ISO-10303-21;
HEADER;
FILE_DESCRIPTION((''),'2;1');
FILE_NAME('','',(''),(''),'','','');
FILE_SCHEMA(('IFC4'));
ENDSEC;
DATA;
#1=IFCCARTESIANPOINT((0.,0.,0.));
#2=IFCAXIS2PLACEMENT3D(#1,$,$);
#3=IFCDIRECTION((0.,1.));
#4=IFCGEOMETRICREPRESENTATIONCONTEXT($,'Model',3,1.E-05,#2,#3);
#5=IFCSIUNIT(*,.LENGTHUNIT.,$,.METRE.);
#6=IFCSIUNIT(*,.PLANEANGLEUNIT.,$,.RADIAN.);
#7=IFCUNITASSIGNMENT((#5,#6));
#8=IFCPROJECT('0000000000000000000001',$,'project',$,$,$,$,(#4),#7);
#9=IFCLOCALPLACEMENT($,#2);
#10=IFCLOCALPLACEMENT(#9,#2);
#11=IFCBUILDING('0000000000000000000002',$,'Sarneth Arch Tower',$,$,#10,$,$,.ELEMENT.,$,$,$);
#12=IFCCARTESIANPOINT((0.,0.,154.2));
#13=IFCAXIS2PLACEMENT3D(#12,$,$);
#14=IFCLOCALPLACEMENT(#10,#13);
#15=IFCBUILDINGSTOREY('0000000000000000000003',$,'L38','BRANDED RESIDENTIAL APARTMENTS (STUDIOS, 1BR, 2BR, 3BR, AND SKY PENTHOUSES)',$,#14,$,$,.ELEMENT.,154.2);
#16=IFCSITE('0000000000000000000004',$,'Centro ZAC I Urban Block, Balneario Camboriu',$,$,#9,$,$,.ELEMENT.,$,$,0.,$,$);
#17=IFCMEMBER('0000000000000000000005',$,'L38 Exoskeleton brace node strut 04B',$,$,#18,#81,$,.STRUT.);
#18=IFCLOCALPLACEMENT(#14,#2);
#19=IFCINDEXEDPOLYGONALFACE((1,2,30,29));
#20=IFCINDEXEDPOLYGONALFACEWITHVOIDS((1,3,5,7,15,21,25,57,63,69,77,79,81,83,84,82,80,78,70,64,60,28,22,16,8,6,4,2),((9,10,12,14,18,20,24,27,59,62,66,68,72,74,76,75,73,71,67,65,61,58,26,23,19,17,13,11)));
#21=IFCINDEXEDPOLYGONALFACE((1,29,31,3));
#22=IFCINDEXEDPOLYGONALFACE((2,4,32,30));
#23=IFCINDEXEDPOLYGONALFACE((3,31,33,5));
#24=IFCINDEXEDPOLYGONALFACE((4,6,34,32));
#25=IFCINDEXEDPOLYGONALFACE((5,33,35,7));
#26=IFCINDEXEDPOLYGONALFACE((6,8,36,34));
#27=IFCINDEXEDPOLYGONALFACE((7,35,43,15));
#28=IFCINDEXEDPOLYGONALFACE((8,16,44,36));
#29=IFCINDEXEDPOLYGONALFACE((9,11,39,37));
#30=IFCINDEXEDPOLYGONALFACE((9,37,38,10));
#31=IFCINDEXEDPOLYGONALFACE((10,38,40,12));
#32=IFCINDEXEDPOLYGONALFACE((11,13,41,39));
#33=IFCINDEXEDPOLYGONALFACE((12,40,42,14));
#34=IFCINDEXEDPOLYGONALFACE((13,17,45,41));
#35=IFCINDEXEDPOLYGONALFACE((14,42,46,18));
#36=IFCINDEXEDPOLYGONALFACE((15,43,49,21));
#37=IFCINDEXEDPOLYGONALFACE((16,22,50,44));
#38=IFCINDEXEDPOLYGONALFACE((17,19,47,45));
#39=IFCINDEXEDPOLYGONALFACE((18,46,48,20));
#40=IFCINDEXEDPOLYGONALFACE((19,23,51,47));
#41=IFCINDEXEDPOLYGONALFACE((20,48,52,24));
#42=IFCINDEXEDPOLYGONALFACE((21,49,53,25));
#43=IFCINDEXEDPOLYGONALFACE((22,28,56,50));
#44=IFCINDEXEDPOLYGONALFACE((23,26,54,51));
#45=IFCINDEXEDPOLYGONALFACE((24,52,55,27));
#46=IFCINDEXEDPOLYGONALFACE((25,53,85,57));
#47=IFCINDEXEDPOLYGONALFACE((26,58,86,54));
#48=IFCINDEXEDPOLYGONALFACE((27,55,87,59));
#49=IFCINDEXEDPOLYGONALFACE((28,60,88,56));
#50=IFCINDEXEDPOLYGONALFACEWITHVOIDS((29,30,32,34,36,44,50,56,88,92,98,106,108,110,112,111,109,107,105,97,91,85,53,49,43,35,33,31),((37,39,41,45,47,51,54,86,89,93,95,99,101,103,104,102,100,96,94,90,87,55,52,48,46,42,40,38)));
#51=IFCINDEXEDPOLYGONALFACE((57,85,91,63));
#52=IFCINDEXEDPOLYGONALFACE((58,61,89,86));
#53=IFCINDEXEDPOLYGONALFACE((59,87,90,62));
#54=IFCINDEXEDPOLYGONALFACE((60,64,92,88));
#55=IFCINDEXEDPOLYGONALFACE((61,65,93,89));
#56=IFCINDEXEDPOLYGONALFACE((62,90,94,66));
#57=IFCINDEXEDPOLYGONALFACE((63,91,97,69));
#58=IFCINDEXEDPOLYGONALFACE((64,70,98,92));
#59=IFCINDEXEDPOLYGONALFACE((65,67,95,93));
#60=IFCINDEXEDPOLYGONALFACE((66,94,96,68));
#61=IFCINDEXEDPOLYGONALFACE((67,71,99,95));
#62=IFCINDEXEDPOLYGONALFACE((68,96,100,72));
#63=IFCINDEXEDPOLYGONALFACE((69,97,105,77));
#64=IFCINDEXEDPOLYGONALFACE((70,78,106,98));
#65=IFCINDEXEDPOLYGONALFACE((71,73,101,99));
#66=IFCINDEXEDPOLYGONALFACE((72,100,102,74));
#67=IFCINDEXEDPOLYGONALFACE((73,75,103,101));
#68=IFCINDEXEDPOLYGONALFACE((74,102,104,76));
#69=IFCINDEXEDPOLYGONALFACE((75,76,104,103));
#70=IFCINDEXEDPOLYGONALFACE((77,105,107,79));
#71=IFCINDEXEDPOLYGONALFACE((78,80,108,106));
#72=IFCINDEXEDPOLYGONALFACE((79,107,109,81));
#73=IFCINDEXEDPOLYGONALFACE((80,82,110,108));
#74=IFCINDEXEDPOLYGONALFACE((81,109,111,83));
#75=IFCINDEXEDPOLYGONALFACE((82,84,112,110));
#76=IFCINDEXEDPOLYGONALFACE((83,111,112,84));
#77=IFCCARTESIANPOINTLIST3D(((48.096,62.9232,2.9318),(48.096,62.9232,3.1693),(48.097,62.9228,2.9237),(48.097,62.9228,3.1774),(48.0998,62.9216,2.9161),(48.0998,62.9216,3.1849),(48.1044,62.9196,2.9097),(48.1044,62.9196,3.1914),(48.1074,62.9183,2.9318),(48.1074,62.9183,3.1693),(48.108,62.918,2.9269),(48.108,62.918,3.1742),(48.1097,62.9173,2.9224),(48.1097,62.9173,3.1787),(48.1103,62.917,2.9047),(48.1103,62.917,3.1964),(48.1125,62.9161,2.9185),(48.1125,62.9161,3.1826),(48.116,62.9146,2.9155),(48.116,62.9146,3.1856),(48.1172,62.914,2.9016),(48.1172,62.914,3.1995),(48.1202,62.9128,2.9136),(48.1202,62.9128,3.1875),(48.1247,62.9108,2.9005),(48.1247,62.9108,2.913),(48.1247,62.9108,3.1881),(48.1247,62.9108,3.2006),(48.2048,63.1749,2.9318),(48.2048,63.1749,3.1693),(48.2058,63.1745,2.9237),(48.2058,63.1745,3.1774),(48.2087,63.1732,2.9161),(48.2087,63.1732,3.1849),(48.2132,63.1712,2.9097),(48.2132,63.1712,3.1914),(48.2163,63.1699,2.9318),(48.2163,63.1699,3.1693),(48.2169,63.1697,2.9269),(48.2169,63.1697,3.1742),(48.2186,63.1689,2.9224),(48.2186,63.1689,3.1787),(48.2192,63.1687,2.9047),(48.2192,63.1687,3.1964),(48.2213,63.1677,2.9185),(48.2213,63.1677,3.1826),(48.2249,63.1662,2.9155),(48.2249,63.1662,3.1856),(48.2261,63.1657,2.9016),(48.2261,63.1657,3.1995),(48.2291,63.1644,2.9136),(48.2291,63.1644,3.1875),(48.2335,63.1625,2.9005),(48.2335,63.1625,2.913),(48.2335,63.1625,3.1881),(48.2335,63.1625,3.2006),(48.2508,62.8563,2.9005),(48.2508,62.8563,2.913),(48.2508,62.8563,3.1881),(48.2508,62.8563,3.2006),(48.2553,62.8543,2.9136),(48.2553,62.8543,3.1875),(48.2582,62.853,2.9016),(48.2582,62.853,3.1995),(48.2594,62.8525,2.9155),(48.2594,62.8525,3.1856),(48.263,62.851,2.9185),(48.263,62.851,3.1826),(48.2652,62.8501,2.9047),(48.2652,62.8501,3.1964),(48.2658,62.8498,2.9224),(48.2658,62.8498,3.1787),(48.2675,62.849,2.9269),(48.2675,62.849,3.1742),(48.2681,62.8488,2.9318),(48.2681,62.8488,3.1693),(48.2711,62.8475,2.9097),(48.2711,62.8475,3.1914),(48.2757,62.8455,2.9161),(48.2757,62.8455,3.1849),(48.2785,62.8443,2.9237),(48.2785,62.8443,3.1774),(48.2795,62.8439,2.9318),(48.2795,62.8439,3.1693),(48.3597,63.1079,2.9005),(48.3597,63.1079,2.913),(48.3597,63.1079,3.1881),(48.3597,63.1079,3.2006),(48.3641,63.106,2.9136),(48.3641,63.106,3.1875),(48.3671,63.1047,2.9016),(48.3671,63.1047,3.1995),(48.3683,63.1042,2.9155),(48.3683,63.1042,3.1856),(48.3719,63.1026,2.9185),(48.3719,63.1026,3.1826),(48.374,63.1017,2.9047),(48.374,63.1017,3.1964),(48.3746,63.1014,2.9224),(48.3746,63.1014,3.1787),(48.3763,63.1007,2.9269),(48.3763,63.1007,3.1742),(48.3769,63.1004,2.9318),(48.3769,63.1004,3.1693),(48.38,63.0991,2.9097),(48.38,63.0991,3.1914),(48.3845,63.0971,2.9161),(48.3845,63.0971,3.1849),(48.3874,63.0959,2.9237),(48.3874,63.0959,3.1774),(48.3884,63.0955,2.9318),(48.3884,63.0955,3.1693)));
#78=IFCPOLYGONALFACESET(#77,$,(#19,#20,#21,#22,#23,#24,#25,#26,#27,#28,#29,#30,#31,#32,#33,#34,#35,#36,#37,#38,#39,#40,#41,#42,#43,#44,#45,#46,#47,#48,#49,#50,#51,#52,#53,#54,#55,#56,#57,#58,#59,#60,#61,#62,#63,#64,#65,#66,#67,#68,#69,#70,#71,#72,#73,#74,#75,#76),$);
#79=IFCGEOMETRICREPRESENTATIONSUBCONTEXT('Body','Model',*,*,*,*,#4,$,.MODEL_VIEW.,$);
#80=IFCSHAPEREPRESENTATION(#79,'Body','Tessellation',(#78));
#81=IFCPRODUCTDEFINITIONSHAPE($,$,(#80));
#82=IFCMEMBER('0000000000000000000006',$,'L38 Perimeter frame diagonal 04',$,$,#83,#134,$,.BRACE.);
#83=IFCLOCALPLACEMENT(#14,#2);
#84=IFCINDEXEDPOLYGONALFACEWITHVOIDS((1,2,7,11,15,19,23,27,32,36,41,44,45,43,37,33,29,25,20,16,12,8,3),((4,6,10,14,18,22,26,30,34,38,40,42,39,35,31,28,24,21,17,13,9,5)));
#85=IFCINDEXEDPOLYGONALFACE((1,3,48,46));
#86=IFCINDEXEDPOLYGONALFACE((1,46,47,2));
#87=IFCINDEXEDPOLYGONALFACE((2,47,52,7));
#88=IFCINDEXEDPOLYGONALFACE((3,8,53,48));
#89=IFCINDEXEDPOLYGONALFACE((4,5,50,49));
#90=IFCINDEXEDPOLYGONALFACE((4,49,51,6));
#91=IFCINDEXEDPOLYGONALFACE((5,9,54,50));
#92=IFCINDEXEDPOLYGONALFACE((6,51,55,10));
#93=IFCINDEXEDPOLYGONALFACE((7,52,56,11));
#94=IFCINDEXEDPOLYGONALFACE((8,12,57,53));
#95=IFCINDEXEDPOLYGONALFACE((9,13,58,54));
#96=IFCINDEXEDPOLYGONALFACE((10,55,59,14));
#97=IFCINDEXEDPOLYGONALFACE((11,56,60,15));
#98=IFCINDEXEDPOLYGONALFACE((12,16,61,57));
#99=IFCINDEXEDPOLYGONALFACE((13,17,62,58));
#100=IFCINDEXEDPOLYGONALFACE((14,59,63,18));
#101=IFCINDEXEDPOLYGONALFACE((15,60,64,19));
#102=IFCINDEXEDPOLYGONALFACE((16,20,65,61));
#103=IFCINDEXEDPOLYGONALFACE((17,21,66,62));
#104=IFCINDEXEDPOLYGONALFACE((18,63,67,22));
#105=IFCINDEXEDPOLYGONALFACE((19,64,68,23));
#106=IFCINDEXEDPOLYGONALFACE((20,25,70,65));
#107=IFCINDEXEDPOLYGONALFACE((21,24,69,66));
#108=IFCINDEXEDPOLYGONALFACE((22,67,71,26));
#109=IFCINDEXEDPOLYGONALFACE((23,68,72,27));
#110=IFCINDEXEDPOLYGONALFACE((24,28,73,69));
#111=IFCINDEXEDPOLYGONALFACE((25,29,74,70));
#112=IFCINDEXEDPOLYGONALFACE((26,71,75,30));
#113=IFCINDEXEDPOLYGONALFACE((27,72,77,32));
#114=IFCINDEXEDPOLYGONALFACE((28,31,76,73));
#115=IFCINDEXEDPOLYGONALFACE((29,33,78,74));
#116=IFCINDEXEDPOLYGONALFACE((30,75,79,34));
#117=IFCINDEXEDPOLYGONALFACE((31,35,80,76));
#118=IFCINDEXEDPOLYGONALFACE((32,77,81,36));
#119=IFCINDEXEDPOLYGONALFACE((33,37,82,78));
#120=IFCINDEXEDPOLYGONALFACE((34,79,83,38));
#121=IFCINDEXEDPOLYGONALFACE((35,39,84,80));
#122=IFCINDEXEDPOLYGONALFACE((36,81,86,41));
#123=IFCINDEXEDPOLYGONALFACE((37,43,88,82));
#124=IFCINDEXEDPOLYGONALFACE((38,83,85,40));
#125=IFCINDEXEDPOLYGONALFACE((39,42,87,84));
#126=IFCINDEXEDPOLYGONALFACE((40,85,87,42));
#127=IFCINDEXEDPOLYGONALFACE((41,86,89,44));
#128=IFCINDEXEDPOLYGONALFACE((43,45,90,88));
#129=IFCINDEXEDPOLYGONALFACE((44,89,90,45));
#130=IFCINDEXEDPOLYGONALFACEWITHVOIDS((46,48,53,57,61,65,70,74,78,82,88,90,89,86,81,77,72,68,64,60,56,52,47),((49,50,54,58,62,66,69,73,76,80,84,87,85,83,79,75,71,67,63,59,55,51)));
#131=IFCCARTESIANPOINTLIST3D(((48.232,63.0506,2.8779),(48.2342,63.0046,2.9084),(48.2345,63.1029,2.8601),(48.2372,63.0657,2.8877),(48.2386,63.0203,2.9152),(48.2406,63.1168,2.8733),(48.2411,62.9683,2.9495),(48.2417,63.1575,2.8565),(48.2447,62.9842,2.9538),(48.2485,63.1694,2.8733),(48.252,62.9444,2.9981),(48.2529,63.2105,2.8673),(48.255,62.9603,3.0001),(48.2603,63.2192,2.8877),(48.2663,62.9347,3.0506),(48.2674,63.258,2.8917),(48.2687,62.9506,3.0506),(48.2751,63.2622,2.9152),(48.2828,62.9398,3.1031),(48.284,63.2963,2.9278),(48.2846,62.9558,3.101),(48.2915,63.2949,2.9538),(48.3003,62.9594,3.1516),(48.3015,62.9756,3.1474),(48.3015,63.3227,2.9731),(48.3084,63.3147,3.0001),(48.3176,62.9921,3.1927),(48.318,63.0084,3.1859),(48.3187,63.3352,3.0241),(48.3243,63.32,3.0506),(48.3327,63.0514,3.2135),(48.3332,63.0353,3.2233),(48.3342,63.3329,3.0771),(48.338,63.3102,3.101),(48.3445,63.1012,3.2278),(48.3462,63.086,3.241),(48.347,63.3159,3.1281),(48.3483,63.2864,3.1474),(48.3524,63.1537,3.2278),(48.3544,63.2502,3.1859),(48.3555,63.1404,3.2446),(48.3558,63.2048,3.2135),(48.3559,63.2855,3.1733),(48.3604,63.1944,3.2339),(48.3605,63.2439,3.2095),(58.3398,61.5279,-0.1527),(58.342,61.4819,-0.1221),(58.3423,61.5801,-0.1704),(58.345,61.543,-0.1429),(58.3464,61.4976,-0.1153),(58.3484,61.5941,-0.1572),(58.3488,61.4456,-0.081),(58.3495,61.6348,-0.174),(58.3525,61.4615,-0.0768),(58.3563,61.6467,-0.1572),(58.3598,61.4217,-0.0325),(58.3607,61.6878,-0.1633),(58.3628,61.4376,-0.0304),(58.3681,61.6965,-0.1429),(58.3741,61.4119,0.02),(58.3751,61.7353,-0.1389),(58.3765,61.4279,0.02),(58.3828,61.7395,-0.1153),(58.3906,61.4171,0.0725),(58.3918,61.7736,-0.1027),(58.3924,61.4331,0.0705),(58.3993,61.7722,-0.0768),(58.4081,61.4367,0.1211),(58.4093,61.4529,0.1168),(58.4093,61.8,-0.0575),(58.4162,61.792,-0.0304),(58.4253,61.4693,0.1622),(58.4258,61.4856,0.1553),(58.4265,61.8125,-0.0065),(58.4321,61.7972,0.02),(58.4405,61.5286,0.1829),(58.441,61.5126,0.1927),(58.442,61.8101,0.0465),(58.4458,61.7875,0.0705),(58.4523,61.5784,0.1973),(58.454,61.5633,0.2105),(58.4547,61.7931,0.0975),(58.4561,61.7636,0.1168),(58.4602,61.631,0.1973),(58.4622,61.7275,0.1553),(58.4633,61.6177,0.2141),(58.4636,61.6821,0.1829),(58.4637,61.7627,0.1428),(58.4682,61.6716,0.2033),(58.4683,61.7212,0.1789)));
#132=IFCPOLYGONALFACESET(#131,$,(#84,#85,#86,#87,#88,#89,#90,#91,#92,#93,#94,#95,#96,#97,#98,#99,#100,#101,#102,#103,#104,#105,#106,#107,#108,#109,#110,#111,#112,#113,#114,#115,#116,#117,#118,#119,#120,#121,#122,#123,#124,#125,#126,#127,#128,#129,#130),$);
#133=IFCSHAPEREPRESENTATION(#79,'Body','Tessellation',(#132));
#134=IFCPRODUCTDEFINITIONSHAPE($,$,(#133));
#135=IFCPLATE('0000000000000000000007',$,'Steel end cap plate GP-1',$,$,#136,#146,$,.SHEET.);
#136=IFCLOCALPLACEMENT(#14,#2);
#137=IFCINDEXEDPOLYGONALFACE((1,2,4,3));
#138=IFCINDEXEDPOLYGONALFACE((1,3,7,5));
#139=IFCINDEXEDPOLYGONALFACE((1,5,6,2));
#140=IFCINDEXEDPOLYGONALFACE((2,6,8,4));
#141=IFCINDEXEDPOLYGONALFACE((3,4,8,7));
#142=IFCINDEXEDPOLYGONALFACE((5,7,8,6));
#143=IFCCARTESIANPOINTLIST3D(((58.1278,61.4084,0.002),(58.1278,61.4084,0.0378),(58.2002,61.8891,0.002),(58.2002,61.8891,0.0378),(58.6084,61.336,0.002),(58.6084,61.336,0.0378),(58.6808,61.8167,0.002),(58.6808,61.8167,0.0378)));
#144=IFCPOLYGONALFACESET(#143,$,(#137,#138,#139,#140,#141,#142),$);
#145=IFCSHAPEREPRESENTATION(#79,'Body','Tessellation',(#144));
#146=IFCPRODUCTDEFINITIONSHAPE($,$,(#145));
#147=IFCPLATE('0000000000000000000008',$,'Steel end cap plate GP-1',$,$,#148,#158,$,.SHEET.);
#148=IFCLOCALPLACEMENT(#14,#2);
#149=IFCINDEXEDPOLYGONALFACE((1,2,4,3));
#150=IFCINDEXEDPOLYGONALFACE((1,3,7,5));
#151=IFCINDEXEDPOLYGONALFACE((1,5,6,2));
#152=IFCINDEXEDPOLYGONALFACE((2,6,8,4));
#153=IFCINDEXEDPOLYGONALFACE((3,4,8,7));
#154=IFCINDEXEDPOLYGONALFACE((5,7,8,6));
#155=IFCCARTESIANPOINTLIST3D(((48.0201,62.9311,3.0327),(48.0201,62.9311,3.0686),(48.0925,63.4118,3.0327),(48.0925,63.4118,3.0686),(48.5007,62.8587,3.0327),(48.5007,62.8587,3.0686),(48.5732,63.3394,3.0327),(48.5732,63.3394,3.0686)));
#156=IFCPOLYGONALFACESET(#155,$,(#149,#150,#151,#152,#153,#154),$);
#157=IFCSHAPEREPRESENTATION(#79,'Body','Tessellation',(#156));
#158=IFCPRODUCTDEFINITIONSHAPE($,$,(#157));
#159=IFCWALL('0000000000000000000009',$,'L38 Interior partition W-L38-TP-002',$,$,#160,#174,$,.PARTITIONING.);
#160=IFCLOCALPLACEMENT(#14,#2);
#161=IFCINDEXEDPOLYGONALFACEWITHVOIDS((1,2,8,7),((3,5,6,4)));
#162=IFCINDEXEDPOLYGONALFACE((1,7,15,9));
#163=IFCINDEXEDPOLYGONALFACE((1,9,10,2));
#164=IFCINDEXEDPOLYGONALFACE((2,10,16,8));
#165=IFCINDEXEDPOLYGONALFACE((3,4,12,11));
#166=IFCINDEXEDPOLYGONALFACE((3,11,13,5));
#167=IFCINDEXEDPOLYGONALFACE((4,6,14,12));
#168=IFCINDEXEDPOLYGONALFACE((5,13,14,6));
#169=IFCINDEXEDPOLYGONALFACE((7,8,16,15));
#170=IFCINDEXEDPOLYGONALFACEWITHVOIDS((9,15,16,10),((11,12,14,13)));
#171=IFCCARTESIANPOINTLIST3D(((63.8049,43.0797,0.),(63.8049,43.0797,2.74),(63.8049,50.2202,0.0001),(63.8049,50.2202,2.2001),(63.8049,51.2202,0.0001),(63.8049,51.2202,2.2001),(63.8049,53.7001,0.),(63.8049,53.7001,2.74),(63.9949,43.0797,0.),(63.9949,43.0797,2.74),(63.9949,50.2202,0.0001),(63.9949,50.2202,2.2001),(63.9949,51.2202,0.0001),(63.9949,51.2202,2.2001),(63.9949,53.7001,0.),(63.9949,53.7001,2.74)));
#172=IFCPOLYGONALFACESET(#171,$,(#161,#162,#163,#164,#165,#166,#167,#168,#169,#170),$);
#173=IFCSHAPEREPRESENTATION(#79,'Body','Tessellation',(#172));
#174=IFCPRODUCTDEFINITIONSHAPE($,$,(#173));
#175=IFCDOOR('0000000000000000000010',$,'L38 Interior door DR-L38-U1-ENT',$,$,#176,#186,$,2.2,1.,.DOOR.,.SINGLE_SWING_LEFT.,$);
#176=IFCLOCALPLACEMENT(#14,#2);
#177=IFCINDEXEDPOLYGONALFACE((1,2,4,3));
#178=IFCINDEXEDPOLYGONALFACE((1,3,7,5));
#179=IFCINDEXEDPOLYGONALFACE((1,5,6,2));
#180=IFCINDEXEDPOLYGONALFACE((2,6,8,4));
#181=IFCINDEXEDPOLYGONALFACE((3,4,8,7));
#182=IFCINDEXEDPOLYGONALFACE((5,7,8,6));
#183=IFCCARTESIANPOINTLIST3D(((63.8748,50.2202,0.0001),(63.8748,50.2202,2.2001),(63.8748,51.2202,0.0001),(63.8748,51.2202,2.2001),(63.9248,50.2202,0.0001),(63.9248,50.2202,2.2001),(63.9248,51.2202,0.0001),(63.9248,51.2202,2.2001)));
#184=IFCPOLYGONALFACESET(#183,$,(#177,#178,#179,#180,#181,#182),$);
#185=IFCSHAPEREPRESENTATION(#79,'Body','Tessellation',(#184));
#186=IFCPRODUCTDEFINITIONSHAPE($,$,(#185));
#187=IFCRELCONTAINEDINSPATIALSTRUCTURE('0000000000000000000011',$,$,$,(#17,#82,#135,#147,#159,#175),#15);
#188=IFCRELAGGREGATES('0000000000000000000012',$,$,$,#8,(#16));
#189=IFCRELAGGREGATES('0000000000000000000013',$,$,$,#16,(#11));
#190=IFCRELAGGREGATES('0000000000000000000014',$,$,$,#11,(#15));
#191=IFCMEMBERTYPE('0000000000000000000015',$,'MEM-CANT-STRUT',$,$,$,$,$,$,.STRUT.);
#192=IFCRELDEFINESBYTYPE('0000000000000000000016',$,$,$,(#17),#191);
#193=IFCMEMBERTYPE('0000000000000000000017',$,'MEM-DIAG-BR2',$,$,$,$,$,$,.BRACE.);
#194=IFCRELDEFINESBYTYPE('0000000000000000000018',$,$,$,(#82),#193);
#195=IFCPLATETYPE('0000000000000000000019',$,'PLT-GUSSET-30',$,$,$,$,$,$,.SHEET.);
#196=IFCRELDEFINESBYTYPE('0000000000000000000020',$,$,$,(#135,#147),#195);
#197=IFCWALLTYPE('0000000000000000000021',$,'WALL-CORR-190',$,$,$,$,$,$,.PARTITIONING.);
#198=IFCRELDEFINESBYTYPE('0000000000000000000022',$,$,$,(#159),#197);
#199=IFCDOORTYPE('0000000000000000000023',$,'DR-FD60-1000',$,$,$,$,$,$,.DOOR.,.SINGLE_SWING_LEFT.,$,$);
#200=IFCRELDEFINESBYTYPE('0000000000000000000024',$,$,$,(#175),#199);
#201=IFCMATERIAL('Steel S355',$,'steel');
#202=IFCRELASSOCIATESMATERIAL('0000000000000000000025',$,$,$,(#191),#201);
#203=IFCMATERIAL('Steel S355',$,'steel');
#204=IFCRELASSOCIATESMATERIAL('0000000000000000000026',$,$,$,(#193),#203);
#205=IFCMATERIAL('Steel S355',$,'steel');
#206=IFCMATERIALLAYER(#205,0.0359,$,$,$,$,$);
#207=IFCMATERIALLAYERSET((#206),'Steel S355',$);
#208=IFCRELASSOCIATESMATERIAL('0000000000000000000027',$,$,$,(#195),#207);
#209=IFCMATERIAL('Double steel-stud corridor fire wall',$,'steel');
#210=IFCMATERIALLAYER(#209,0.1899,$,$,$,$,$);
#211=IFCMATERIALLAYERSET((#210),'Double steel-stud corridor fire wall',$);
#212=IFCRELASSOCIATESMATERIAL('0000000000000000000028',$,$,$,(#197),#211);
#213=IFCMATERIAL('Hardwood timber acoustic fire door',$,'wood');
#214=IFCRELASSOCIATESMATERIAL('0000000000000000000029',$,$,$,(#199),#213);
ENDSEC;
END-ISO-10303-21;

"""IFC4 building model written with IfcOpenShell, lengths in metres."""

from ifc_helpers import new_model, si_unit, direction, frame, frame_2d, origin, origin_2d, place, context, subcontext, project, spatial, rectangle, hollow_rectangle, hollow_circle, extrude, material, layer, layer_set, material_profile, profile_set, type_object, element, fill, save


model = new_model("IFC4")

# Units and contexts
model_context = context("Model", 3, precision=1e-05, world=origin(), true_north=direction((0.0, 1.0)))
body_context = subcontext(model_context, "Body", "Model", "MODEL_VIEW")
ifc_project = project(units=[si_unit("LENGTHUNIT", "METRE"), si_unit("PLANEANGLEUNIT", "RADIAN")], contexts=[model_context])

# Site, building, storey
site_placement = place(None, origin())
site = spatial("IfcSite", under=ifc_project, at=site_placement, Name="Centro ZAC I Urban Block, Balneario Camboriu", CompositionType="ELEMENT", RefElevation=0.0)
building_placement = place(site_placement, origin())
building = spatial("IfcBuilding", under=site, at=building_placement, Name="Sarneth Arch Tower", CompositionType="ELEMENT")
storey_placement = place(building_placement, frame((0.0, 0.0, 154.2)))
storey = spatial("IfcBuildingStorey", under=building, at=storey_placement, Name="L38", Description="BRANDED RESIDENTIAL APARTMENTS (STUDIOS, 1BR, 2BR, 3BR, AND SKY PENTHOUSES)", CompositionType="ELEMENT", Elevation=154.2)

# Members
ifc_material_1 = material(Name="Steel S355", Category="steel")
ifc_material_profile_1 = material_profile(ifc_material_1, hollow_rectangle(XDim=0.2, YDim=0.3, WallThickness=0.0125, InnerFilletRadius=0.0188, OuterFilletRadius=0.0312, at=origin_2d()), Name="RHS300x200x12.5")
ifc_profile_set_1 = profile_set([ifc_material_profile_1], Name="Steel S355")
member_type_1 = type_object("IfcMemberType", Name="MEM-CANT-STRUT", PredefinedType="STRUT", material=ifc_profile_set_1)
member_1_placement = place(storey_placement, frame((48.1877, 62.8835, 3.0505), z_axis=(0.397033, 0.917804, 0.0), x_axis=(-0.917804, 0.397033, 0.0)))
element("IfcMember", 1, at=member_1_placement, inside=storey, type_object=member_type_1, Name="L38 Exoskeleton brace node strut 04B", PredefinedType="STRUT", context=body_context, shape_type="SweptSolid", body=[
    extrude(hollow_rectangle(XDim=0.2, YDim=0.3, WallThickness=0.0125, InnerFilletRadius=0.0188, OuterFilletRadius=0.0312, at=origin_2d()), origin(), (0.0, 0.0, 1.0), 0.2742),
])
ifc_material_2 = material(Name="Steel S355", Category="steel")
ifc_material_profile_2 = material_profile(ifc_material_2, hollow_circle(Radius=0.2029, WallThickness=0.0161, at=origin_2d()), Name="CHS406x16")
ifc_profile_set_2 = profile_set([ifc_material_profile_2], Name="Steel S355")
member_type_2 = type_object("IfcMemberType", Name="MEM-DIAG-BR2", PredefinedType="BRACE", material=ifc_profile_set_2)
member_2_placement = place(storey_placement, frame((58.4043, 61.6125, 0.02), z_axis=(-0.948053, 0.142823, 0.284249), x_axis=(-0.148968, -0.988842, 0.0)))
element("IfcMember", 2, at=member_2_placement, inside=storey, type_object=member_type_2, Name="L38 Perimeter frame diagonal 04", PredefinedType="BRACE", context=body_context, shape_type="SweptSolid", body=[
    extrude(hollow_circle(Radius=0.2029, WallThickness=0.0161, at=origin_2d()), origin(), (0.0, 0.0, 1.0), 10.6616),
])

# Plates
ifc_material_3 = material(Name="Steel S355", Category="steel")
ifc_layer_1 = layer(ifc_material_3, 0.0359)
ifc_layer_set_1 = layer_set([ifc_layer_1], Name="Steel S355")
plate_type = type_object("IfcPlateType", Name="PLT-GUSSET-30", PredefinedType="SHEET", material=ifc_layer_set_1)
for number, where, z_axis, x_axis, name in (
    (3, (58.4043, 61.6125, 0.002), (0.0, 0.0, 1.0), (-0.988835, 0.149018, 0.0), "Steel end cap plate GP-1"),
    (4, (48.2966, 63.1353, 3.0327), (0.0, 0.0, 1.0), (-0.988835, 0.149018, 0.0), "Steel end cap plate GP-1"),
):
    element("IfcPlate", number, at=place(storey_placement, frame(where, z_axis=z_axis, x_axis=x_axis)), inside=storey, type_object=plate_type, Name=name, PredefinedType="SHEET", context=body_context, shape_type="SweptSolid", body=[
        extrude(rectangle(XDim=0.4861, YDim=0.4861, at=origin_2d()), origin(), (0.0, 0.0, 1.0), 0.0359),
    ])

# Wall, opening, door
ifc_material_4 = material(Name="Double steel-stud corridor fire wall", Category="steel")
ifc_layer_2 = layer(ifc_material_4, 0.1899)
ifc_layer_set_2 = layer_set([ifc_layer_2], Name="Double steel-stud corridor fire wall")
wall_type_1 = type_object("IfcWallType", Name="WALL-CORR-190", PredefinedType="PARTITIONING", material=ifc_layer_set_2)
wall_1_placement = place(storey_placement, frame((63.8999, 53.7, 0.0), z_axis=(0.0, 0.0, 1.0), x_axis=(0.0, -1.0, 0.0)))
wall_1 = element("IfcWall", 5, at=wall_1_placement, inside=storey, type_object=wall_type_1, Name="L38 Interior partition W-L38-TP-002", PredefinedType="PARTITIONING", context=body_context, shape_type="SweptSolid", body=[
    extrude(rectangle(XDim=10.6204, YDim=0.1899, at=frame_2d((5.3101, 0.0))), origin(), (0.0, 0.0, 1.0), 2.74),
])
opening_1_placement = place(wall_1_placement, frame((2.4797, 0.0, 0.0)))
opening_1 = element("IfcOpeningElement", 6, at=opening_1_placement, cuts=wall_1, PredefinedType="OPENING", context=body_context, shape_type="SweptSolid", body=[
    extrude(rectangle(XDim=1.0, YDim=2.2, at=frame_2d((0.5, 1.1001))), frame((0.0, 0.105, 0.0), z_axis=(0.0, -1.0, 0.0), x_axis=(1.0, 0.0, 0.0)), (0.0, 0.0, 1.0), 0.21),
])
ifc_material_5 = material(Name="Hardwood timber acoustic fire door", Category="wood")
door_type_1 = type_object("IfcDoorType", Name="DR-FD60-1000", OperationType="SINGLE_SWING_LEFT", PredefinedType="DOOR", material=ifc_material_5)
door_1_placement = place(opening_1_placement, origin())
door_1 = element("IfcDoor", 7, at=door_1_placement, inside=storey, type_object=door_type_1, Name="L38 Interior door DR-L38-U1-ENT", OperationType="SINGLE_SWING_LEFT", OverallHeight=2.2, OverallWidth=1.0, PredefinedType="DOOR", context=body_context, shape_type="SweptSolid", body=[
    extrude(rectangle(XDim=1.0, YDim=2.2, at=frame_2d((0.5, 1.1001))), frame((0.0, 0.0249, 0.0), z_axis=(0.0, -1.0, 0.0), x_axis=(1.0, 0.0, 0.0)), (0.0, 0.0, 1.0), 0.05),
])
fill(opening_1, door_1)

save(model, "model.ifc")
